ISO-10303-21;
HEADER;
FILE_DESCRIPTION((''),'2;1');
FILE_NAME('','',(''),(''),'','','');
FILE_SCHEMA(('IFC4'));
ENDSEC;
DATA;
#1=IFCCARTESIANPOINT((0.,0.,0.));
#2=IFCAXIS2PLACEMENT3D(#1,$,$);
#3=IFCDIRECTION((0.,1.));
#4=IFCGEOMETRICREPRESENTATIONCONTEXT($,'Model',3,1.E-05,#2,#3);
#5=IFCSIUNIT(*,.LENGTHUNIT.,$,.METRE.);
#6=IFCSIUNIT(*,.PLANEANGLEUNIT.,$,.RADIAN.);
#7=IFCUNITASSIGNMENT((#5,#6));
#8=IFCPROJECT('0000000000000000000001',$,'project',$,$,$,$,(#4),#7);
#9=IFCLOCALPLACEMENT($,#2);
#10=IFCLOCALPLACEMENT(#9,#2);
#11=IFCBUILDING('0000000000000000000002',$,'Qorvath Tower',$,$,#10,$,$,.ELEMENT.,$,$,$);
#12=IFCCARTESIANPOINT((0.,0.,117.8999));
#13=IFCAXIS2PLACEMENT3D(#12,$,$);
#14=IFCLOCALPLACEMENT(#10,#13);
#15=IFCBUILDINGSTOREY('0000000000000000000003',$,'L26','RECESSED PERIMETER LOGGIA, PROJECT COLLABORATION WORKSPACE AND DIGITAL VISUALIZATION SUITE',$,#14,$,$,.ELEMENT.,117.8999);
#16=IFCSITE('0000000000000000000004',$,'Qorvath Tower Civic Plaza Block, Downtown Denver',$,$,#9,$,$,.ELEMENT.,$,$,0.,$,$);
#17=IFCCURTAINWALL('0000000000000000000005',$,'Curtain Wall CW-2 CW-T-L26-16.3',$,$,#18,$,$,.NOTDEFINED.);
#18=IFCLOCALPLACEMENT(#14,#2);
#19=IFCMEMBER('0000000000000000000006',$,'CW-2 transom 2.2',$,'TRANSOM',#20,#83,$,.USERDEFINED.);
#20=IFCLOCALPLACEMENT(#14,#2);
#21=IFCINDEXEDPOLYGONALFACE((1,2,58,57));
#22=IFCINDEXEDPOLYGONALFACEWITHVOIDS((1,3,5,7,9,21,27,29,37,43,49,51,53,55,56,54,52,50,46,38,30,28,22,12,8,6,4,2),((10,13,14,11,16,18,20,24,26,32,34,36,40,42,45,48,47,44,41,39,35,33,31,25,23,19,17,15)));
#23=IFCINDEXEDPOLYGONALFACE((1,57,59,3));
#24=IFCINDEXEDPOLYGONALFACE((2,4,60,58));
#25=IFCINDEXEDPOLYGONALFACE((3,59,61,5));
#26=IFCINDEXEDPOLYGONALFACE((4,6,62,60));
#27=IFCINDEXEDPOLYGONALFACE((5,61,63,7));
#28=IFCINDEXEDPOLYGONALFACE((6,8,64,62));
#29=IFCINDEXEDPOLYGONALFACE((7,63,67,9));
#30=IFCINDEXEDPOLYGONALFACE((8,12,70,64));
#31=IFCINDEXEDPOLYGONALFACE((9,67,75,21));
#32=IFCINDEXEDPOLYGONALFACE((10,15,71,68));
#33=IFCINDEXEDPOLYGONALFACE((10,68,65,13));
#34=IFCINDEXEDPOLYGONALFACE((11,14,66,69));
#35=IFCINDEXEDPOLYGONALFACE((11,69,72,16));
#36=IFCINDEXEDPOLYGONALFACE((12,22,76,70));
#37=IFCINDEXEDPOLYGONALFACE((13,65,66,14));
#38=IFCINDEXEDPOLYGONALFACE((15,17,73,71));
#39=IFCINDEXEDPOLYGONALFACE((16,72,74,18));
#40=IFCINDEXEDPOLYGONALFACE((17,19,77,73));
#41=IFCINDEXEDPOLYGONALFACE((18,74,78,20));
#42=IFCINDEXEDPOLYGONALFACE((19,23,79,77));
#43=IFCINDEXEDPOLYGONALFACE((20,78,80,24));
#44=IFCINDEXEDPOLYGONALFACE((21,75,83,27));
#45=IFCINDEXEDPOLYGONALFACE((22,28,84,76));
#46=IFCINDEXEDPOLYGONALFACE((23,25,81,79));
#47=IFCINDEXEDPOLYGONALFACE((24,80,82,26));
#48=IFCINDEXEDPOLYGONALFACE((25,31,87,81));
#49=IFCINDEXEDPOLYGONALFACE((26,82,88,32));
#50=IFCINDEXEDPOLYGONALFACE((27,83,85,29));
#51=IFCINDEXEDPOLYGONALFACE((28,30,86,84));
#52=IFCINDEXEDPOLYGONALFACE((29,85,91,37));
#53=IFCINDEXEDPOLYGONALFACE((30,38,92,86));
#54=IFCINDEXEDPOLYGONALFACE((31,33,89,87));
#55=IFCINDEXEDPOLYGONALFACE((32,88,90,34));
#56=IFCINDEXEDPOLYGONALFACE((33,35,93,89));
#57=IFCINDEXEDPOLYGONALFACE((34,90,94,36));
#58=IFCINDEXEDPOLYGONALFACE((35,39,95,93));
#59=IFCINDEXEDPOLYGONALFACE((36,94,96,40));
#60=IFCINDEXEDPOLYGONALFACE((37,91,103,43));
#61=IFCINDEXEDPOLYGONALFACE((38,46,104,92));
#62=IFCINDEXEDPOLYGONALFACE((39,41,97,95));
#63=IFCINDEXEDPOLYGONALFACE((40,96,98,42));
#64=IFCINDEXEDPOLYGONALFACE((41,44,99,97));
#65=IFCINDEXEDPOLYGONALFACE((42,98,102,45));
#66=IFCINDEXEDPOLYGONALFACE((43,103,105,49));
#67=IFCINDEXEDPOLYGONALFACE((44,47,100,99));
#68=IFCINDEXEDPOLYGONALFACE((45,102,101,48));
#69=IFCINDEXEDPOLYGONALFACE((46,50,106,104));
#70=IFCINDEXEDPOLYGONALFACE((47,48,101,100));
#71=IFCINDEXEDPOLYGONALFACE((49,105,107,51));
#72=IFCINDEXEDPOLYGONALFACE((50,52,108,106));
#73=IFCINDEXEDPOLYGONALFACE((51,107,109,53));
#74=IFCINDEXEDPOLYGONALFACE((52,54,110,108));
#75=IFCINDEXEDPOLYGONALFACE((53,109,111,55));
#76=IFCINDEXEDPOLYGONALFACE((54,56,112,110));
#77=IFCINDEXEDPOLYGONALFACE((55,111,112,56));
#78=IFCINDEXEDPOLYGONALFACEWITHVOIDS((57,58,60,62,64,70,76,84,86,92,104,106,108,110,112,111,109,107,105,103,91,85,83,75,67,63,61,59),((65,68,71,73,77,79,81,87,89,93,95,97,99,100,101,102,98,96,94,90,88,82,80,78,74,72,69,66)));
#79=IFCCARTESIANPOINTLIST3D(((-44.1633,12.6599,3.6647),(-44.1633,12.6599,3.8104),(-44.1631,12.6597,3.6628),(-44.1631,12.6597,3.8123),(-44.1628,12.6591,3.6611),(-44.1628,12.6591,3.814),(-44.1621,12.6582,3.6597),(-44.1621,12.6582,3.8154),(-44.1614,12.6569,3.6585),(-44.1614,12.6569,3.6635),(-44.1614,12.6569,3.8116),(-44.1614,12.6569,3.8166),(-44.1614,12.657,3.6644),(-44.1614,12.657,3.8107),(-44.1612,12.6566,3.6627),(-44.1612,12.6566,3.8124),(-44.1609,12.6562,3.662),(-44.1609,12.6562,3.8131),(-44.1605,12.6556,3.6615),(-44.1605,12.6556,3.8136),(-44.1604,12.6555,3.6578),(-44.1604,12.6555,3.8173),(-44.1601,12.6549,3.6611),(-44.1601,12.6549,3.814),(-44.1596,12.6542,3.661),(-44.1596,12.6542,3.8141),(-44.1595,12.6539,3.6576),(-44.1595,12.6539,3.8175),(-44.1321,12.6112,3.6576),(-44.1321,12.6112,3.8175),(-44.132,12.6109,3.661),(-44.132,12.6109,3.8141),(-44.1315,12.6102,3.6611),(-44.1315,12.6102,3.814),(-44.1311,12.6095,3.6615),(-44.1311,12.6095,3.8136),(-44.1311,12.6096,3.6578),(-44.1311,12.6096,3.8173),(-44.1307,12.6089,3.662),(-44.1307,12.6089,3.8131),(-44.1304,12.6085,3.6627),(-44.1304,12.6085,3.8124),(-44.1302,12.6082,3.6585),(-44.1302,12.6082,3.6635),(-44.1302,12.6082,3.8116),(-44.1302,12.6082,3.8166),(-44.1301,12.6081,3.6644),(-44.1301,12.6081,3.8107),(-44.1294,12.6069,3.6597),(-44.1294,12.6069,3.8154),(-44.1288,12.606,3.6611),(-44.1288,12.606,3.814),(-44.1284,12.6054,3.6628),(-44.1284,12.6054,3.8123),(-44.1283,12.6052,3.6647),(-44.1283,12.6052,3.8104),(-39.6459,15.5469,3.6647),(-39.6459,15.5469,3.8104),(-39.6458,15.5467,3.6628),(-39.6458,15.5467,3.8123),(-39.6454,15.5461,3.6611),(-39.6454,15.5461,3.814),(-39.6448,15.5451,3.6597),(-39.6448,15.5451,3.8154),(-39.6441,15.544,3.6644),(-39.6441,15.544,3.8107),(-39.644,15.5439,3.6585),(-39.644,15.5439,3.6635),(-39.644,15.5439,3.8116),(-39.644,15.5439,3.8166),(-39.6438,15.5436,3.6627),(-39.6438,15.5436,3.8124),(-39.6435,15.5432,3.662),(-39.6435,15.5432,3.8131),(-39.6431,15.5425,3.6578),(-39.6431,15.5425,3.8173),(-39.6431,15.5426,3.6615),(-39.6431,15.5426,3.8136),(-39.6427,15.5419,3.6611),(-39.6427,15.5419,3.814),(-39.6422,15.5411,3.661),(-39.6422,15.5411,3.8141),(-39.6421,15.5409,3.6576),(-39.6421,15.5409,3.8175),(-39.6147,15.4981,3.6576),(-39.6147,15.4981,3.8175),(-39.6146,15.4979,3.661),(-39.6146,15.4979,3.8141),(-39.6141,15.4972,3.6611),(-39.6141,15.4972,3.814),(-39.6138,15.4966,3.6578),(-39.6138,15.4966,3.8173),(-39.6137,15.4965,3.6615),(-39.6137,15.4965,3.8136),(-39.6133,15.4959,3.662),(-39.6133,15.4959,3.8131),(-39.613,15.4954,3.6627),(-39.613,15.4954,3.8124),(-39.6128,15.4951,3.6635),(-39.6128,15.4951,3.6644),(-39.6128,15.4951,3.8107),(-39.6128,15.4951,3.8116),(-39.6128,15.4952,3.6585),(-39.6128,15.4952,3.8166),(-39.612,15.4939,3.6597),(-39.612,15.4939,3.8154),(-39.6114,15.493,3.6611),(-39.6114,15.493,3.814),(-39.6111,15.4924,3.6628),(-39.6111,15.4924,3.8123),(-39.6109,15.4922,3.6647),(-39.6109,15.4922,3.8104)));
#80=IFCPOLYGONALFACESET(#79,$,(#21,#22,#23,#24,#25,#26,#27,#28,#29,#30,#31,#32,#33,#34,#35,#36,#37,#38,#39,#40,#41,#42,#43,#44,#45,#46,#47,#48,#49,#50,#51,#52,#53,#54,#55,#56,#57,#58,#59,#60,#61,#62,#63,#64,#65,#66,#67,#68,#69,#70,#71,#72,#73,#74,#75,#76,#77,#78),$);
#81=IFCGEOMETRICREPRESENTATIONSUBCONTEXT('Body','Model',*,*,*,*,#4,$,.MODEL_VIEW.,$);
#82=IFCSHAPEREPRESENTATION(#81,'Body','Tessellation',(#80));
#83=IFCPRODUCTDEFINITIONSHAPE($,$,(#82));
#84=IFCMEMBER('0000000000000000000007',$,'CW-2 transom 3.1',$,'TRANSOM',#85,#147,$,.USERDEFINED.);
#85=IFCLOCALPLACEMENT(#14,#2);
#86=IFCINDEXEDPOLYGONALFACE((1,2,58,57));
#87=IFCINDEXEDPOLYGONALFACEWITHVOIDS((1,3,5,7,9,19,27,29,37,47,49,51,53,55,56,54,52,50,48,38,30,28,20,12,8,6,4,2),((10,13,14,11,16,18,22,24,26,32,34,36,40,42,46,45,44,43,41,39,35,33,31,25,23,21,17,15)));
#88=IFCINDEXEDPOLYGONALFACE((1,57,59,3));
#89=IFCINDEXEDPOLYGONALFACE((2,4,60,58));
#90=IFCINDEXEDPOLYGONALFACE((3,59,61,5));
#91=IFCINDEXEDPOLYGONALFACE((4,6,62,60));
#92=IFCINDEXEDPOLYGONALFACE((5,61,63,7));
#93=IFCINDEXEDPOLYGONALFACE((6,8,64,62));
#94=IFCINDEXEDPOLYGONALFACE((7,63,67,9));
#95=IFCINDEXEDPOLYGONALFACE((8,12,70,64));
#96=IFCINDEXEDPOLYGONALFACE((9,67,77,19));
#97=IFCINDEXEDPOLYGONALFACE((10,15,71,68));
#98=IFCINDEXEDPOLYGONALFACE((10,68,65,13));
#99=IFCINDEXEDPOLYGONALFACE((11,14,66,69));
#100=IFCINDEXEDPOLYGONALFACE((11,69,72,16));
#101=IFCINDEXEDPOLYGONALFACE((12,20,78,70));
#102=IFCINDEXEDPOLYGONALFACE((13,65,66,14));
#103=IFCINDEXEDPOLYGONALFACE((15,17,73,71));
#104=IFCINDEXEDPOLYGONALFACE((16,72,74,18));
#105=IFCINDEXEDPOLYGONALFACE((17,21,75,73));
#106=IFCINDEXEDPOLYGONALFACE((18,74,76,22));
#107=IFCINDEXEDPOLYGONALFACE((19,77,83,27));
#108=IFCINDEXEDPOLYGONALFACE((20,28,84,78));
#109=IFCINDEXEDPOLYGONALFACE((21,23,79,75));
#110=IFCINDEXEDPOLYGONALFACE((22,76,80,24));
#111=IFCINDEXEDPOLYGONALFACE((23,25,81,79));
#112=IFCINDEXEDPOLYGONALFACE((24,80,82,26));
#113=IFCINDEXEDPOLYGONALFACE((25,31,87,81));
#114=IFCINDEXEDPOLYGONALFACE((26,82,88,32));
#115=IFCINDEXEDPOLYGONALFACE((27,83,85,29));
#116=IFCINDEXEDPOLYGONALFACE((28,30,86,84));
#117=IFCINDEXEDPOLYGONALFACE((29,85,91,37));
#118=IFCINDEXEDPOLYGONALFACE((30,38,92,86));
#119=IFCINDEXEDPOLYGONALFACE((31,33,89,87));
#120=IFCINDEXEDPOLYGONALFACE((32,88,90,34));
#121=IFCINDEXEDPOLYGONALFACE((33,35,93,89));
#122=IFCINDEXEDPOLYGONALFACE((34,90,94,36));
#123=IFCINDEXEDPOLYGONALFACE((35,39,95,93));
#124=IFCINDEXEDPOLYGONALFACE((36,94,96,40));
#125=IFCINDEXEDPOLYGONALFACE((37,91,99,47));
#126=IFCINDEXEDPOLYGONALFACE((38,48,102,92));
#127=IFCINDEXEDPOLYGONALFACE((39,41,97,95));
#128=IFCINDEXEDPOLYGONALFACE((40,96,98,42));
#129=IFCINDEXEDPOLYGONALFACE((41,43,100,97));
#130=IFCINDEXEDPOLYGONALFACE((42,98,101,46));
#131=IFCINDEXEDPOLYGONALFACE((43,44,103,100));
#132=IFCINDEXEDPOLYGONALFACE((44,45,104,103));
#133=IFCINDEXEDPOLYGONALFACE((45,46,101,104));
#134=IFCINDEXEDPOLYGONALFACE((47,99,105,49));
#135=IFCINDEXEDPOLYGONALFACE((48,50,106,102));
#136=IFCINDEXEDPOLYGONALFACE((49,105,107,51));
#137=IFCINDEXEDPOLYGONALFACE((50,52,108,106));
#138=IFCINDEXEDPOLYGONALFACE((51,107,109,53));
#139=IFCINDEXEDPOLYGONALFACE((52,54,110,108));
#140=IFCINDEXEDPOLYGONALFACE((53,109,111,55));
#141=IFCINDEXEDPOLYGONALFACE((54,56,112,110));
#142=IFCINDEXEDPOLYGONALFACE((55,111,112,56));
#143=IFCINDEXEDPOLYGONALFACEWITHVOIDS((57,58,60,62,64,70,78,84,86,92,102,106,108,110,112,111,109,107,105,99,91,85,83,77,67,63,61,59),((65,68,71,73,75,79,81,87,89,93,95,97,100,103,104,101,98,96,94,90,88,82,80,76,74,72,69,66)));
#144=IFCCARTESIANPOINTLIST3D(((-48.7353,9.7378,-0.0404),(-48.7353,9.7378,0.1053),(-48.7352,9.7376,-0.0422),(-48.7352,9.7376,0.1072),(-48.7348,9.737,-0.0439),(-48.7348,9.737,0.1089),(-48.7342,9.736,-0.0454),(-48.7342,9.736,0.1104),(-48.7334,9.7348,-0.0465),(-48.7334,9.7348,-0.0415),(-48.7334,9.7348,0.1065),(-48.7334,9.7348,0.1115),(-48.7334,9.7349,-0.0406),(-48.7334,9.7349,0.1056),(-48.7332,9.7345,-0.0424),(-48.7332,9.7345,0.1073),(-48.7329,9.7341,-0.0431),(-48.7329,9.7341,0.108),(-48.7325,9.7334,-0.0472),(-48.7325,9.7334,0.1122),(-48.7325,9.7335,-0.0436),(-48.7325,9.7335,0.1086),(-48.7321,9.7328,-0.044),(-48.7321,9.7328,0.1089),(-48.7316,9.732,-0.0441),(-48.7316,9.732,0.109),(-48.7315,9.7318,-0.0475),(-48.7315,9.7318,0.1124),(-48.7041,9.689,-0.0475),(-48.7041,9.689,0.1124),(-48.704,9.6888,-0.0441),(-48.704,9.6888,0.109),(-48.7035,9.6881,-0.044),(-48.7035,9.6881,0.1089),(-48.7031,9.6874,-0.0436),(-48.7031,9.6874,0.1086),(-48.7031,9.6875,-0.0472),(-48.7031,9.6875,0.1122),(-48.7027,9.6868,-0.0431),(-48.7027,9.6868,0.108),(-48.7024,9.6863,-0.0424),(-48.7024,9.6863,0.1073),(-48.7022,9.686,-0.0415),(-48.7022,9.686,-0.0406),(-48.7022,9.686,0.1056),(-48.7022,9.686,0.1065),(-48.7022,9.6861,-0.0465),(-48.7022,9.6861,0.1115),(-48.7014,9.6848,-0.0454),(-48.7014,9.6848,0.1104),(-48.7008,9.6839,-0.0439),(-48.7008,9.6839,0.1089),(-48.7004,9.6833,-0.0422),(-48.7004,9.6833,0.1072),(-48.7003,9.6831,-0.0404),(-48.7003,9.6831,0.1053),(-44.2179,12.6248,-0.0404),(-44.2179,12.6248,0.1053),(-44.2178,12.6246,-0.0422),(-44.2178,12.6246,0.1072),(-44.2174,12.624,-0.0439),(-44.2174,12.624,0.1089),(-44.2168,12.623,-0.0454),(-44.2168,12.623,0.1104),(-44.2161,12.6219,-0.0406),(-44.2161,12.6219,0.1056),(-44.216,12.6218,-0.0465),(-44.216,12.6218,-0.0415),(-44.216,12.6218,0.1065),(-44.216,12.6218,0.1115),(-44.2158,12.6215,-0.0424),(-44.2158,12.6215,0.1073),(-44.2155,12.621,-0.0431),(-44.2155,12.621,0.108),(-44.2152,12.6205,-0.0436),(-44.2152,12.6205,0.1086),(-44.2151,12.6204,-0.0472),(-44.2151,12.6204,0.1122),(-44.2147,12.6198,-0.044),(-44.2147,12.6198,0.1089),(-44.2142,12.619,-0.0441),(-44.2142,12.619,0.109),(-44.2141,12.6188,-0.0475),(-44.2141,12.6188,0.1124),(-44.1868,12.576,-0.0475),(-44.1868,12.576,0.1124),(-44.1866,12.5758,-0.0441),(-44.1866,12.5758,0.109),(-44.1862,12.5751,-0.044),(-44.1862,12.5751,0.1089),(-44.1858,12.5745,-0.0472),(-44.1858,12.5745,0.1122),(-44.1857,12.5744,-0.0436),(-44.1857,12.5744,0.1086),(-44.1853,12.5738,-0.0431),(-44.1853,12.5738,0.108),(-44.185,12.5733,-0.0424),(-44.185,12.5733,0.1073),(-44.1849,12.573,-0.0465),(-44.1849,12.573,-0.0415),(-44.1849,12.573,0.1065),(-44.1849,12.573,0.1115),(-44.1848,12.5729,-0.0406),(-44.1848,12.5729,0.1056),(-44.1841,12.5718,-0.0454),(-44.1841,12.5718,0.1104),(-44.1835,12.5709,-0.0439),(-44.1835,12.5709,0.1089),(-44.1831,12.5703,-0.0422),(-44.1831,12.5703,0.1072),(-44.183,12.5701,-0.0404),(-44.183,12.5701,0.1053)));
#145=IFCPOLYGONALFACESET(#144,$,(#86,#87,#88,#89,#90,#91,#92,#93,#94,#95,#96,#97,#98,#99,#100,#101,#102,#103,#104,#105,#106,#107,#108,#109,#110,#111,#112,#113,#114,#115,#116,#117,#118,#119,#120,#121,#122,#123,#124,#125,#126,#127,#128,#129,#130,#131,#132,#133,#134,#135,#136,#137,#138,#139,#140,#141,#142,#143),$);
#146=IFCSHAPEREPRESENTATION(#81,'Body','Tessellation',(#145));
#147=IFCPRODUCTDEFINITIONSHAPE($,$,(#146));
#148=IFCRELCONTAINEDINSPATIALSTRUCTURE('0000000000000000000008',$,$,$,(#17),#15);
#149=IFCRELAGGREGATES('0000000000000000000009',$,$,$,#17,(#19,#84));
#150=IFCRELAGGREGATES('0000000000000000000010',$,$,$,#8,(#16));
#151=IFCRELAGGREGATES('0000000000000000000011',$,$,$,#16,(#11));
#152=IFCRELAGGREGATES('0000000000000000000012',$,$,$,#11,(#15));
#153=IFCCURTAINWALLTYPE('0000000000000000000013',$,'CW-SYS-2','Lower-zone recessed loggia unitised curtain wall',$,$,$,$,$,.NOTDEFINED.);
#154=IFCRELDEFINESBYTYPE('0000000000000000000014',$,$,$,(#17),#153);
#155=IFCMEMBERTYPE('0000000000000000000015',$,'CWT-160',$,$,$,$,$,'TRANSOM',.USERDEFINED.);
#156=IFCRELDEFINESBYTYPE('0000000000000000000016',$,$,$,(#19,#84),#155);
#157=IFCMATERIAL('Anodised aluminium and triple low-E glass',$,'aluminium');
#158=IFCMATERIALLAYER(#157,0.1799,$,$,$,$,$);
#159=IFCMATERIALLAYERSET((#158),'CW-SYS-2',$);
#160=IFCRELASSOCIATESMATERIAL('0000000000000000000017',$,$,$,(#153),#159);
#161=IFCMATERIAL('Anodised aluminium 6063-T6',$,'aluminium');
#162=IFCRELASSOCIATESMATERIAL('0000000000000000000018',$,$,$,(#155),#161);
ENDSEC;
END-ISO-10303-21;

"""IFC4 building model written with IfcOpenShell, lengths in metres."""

from ifc_helpers import new_model, si_unit, direction, frame, origin, origin_2d, place, context, subcontext, project, spatial, hollow_rectangle, extrude, material, layer, layer_set, material_profile, profile_set, type_object, element, aggregate, save


model = new_model("IFC4")

# Units and contexts
model_context = context("Model", 3, precision=1e-05, world=origin(), true_north=direction((0.0, 1.0)))
body_context = subcontext(model_context, "Body", "Model", "MODEL_VIEW")
ifc_project = project(units=[si_unit("LENGTHUNIT", "METRE"), si_unit("PLANEANGLEUNIT", "RADIAN")], contexts=[model_context])

# Site, building, storey
site_placement = place(None, origin())
site = spatial("IfcSite", under=ifc_project, at=site_placement, Name="Qorvath Tower Civic Plaza Block, Downtown Denver", CompositionType="ELEMENT", RefElevation=0.0)
building_placement = place(site_placement, origin())
building = spatial("IfcBuilding", under=site, at=building_placement, Name="Qorvath Tower", CompositionType="ELEMENT")
storey_placement = place(building_placement, frame((0.0, 0.0, 117.8999)))
storey = spatial("IfcBuildingStorey", under=building, at=storey_placement, Name="L26", Description="RECESSED PERIMETER LOGGIA, PROJECT COLLABORATION WORKSPACE AND DIGITAL VISUALIZATION SUITE", CompositionType="ELEMENT", Elevation=117.8999)

# Curtain wall, members
ifc_material_1 = material(Name="Anodised aluminium and triple low-E glass", Category="aluminium")
ifc_layer_1 = layer(ifc_material_1, 0.1799)
ifc_layer_set_1 = layer_set([ifc_layer_1], Name="CW-SYS-2")
curtain_wall_type = type_object("IfcCurtainWallType", Name="CW-SYS-2", Description="Lower-zone recessed loggia unitised curtain wall", PredefinedType="NOTDEFINED", material=ifc_layer_set_1)
curtain_wall_placement = place(storey_placement, origin())
curtain_wall = element("IfcCurtainWall", 1, at=curtain_wall_placement, inside=storey, type_object=curtain_wall_type, Name="Curtain Wall CW-2 CW-T-L26-16.3", PredefinedType="NOTDEFINED")
ifc_material_2 = material(Name="Anodised aluminium 6063-T6", Category="aluminium")
ifc_material_profile_1 = material_profile(ifc_material_2, hollow_rectangle(XDim=0.0649, YDim=0.1599, WallThickness=0.0034, InnerFilletRadius=0.0034, OuterFilletRadius=0.0071, at=origin_2d()), Name="CWT 160x65")
ifc_profile_set_1 = profile_set([ifc_material_profile_1], Name="Anodised aluminium 6063-T6")
member_type_1 = type_object("IfcMemberType", Name="CWT-160", ElementType="TRANSOM", PredefinedType="USERDEFINED", material=ifc_profile_set_1)
member_1_placement = place(storey_placement, frame((-39.6284, 15.5195, 3.7375), z_axis=(-0.842621, -0.538507, 0.0), x_axis=(0.538507, -0.842621, 0.0)))
member_1 = element("IfcMember", 2, at=member_1_placement, type_object=member_type_1, Name="CW-2 transom 2.2", ObjectType="TRANSOM", PredefinedType="USERDEFINED", context=body_context, shape_type="SweptSolid", body=[
    extrude(hollow_rectangle(XDim=0.0649, YDim=0.1599, WallThickness=0.0034, InnerFilletRadius=0.0034, OuterFilletRadius=0.0071, at=origin_2d()), origin(), (0.0, 0.0, 1.0), 5.3611),
])
member_2_placement = place(storey_placement, frame((-44.2004, 12.5974, 0.0325), z_axis=(-0.842621, -0.538507, 0.0), x_axis=(0.538507, -0.842621, 0.0)))
member_2 = element("IfcMember", 3, at=member_2_placement, type_object=member_type_1, Name="CW-2 transom 3.1", ObjectType="TRANSOM", PredefinedType="USERDEFINED", context=body_context, shape_type="SweptSolid", body=[
    extrude(hollow_rectangle(XDim=0.0649, YDim=0.1599, WallThickness=0.0034, InnerFilletRadius=0.0034, OuterFilletRadius=0.0071, at=origin_2d()), origin(), (0.0, 0.0, 1.0), 5.3611),
])
aggregate(curtain_wall, [member_1, member_2])

save(model, "model.ifc")
